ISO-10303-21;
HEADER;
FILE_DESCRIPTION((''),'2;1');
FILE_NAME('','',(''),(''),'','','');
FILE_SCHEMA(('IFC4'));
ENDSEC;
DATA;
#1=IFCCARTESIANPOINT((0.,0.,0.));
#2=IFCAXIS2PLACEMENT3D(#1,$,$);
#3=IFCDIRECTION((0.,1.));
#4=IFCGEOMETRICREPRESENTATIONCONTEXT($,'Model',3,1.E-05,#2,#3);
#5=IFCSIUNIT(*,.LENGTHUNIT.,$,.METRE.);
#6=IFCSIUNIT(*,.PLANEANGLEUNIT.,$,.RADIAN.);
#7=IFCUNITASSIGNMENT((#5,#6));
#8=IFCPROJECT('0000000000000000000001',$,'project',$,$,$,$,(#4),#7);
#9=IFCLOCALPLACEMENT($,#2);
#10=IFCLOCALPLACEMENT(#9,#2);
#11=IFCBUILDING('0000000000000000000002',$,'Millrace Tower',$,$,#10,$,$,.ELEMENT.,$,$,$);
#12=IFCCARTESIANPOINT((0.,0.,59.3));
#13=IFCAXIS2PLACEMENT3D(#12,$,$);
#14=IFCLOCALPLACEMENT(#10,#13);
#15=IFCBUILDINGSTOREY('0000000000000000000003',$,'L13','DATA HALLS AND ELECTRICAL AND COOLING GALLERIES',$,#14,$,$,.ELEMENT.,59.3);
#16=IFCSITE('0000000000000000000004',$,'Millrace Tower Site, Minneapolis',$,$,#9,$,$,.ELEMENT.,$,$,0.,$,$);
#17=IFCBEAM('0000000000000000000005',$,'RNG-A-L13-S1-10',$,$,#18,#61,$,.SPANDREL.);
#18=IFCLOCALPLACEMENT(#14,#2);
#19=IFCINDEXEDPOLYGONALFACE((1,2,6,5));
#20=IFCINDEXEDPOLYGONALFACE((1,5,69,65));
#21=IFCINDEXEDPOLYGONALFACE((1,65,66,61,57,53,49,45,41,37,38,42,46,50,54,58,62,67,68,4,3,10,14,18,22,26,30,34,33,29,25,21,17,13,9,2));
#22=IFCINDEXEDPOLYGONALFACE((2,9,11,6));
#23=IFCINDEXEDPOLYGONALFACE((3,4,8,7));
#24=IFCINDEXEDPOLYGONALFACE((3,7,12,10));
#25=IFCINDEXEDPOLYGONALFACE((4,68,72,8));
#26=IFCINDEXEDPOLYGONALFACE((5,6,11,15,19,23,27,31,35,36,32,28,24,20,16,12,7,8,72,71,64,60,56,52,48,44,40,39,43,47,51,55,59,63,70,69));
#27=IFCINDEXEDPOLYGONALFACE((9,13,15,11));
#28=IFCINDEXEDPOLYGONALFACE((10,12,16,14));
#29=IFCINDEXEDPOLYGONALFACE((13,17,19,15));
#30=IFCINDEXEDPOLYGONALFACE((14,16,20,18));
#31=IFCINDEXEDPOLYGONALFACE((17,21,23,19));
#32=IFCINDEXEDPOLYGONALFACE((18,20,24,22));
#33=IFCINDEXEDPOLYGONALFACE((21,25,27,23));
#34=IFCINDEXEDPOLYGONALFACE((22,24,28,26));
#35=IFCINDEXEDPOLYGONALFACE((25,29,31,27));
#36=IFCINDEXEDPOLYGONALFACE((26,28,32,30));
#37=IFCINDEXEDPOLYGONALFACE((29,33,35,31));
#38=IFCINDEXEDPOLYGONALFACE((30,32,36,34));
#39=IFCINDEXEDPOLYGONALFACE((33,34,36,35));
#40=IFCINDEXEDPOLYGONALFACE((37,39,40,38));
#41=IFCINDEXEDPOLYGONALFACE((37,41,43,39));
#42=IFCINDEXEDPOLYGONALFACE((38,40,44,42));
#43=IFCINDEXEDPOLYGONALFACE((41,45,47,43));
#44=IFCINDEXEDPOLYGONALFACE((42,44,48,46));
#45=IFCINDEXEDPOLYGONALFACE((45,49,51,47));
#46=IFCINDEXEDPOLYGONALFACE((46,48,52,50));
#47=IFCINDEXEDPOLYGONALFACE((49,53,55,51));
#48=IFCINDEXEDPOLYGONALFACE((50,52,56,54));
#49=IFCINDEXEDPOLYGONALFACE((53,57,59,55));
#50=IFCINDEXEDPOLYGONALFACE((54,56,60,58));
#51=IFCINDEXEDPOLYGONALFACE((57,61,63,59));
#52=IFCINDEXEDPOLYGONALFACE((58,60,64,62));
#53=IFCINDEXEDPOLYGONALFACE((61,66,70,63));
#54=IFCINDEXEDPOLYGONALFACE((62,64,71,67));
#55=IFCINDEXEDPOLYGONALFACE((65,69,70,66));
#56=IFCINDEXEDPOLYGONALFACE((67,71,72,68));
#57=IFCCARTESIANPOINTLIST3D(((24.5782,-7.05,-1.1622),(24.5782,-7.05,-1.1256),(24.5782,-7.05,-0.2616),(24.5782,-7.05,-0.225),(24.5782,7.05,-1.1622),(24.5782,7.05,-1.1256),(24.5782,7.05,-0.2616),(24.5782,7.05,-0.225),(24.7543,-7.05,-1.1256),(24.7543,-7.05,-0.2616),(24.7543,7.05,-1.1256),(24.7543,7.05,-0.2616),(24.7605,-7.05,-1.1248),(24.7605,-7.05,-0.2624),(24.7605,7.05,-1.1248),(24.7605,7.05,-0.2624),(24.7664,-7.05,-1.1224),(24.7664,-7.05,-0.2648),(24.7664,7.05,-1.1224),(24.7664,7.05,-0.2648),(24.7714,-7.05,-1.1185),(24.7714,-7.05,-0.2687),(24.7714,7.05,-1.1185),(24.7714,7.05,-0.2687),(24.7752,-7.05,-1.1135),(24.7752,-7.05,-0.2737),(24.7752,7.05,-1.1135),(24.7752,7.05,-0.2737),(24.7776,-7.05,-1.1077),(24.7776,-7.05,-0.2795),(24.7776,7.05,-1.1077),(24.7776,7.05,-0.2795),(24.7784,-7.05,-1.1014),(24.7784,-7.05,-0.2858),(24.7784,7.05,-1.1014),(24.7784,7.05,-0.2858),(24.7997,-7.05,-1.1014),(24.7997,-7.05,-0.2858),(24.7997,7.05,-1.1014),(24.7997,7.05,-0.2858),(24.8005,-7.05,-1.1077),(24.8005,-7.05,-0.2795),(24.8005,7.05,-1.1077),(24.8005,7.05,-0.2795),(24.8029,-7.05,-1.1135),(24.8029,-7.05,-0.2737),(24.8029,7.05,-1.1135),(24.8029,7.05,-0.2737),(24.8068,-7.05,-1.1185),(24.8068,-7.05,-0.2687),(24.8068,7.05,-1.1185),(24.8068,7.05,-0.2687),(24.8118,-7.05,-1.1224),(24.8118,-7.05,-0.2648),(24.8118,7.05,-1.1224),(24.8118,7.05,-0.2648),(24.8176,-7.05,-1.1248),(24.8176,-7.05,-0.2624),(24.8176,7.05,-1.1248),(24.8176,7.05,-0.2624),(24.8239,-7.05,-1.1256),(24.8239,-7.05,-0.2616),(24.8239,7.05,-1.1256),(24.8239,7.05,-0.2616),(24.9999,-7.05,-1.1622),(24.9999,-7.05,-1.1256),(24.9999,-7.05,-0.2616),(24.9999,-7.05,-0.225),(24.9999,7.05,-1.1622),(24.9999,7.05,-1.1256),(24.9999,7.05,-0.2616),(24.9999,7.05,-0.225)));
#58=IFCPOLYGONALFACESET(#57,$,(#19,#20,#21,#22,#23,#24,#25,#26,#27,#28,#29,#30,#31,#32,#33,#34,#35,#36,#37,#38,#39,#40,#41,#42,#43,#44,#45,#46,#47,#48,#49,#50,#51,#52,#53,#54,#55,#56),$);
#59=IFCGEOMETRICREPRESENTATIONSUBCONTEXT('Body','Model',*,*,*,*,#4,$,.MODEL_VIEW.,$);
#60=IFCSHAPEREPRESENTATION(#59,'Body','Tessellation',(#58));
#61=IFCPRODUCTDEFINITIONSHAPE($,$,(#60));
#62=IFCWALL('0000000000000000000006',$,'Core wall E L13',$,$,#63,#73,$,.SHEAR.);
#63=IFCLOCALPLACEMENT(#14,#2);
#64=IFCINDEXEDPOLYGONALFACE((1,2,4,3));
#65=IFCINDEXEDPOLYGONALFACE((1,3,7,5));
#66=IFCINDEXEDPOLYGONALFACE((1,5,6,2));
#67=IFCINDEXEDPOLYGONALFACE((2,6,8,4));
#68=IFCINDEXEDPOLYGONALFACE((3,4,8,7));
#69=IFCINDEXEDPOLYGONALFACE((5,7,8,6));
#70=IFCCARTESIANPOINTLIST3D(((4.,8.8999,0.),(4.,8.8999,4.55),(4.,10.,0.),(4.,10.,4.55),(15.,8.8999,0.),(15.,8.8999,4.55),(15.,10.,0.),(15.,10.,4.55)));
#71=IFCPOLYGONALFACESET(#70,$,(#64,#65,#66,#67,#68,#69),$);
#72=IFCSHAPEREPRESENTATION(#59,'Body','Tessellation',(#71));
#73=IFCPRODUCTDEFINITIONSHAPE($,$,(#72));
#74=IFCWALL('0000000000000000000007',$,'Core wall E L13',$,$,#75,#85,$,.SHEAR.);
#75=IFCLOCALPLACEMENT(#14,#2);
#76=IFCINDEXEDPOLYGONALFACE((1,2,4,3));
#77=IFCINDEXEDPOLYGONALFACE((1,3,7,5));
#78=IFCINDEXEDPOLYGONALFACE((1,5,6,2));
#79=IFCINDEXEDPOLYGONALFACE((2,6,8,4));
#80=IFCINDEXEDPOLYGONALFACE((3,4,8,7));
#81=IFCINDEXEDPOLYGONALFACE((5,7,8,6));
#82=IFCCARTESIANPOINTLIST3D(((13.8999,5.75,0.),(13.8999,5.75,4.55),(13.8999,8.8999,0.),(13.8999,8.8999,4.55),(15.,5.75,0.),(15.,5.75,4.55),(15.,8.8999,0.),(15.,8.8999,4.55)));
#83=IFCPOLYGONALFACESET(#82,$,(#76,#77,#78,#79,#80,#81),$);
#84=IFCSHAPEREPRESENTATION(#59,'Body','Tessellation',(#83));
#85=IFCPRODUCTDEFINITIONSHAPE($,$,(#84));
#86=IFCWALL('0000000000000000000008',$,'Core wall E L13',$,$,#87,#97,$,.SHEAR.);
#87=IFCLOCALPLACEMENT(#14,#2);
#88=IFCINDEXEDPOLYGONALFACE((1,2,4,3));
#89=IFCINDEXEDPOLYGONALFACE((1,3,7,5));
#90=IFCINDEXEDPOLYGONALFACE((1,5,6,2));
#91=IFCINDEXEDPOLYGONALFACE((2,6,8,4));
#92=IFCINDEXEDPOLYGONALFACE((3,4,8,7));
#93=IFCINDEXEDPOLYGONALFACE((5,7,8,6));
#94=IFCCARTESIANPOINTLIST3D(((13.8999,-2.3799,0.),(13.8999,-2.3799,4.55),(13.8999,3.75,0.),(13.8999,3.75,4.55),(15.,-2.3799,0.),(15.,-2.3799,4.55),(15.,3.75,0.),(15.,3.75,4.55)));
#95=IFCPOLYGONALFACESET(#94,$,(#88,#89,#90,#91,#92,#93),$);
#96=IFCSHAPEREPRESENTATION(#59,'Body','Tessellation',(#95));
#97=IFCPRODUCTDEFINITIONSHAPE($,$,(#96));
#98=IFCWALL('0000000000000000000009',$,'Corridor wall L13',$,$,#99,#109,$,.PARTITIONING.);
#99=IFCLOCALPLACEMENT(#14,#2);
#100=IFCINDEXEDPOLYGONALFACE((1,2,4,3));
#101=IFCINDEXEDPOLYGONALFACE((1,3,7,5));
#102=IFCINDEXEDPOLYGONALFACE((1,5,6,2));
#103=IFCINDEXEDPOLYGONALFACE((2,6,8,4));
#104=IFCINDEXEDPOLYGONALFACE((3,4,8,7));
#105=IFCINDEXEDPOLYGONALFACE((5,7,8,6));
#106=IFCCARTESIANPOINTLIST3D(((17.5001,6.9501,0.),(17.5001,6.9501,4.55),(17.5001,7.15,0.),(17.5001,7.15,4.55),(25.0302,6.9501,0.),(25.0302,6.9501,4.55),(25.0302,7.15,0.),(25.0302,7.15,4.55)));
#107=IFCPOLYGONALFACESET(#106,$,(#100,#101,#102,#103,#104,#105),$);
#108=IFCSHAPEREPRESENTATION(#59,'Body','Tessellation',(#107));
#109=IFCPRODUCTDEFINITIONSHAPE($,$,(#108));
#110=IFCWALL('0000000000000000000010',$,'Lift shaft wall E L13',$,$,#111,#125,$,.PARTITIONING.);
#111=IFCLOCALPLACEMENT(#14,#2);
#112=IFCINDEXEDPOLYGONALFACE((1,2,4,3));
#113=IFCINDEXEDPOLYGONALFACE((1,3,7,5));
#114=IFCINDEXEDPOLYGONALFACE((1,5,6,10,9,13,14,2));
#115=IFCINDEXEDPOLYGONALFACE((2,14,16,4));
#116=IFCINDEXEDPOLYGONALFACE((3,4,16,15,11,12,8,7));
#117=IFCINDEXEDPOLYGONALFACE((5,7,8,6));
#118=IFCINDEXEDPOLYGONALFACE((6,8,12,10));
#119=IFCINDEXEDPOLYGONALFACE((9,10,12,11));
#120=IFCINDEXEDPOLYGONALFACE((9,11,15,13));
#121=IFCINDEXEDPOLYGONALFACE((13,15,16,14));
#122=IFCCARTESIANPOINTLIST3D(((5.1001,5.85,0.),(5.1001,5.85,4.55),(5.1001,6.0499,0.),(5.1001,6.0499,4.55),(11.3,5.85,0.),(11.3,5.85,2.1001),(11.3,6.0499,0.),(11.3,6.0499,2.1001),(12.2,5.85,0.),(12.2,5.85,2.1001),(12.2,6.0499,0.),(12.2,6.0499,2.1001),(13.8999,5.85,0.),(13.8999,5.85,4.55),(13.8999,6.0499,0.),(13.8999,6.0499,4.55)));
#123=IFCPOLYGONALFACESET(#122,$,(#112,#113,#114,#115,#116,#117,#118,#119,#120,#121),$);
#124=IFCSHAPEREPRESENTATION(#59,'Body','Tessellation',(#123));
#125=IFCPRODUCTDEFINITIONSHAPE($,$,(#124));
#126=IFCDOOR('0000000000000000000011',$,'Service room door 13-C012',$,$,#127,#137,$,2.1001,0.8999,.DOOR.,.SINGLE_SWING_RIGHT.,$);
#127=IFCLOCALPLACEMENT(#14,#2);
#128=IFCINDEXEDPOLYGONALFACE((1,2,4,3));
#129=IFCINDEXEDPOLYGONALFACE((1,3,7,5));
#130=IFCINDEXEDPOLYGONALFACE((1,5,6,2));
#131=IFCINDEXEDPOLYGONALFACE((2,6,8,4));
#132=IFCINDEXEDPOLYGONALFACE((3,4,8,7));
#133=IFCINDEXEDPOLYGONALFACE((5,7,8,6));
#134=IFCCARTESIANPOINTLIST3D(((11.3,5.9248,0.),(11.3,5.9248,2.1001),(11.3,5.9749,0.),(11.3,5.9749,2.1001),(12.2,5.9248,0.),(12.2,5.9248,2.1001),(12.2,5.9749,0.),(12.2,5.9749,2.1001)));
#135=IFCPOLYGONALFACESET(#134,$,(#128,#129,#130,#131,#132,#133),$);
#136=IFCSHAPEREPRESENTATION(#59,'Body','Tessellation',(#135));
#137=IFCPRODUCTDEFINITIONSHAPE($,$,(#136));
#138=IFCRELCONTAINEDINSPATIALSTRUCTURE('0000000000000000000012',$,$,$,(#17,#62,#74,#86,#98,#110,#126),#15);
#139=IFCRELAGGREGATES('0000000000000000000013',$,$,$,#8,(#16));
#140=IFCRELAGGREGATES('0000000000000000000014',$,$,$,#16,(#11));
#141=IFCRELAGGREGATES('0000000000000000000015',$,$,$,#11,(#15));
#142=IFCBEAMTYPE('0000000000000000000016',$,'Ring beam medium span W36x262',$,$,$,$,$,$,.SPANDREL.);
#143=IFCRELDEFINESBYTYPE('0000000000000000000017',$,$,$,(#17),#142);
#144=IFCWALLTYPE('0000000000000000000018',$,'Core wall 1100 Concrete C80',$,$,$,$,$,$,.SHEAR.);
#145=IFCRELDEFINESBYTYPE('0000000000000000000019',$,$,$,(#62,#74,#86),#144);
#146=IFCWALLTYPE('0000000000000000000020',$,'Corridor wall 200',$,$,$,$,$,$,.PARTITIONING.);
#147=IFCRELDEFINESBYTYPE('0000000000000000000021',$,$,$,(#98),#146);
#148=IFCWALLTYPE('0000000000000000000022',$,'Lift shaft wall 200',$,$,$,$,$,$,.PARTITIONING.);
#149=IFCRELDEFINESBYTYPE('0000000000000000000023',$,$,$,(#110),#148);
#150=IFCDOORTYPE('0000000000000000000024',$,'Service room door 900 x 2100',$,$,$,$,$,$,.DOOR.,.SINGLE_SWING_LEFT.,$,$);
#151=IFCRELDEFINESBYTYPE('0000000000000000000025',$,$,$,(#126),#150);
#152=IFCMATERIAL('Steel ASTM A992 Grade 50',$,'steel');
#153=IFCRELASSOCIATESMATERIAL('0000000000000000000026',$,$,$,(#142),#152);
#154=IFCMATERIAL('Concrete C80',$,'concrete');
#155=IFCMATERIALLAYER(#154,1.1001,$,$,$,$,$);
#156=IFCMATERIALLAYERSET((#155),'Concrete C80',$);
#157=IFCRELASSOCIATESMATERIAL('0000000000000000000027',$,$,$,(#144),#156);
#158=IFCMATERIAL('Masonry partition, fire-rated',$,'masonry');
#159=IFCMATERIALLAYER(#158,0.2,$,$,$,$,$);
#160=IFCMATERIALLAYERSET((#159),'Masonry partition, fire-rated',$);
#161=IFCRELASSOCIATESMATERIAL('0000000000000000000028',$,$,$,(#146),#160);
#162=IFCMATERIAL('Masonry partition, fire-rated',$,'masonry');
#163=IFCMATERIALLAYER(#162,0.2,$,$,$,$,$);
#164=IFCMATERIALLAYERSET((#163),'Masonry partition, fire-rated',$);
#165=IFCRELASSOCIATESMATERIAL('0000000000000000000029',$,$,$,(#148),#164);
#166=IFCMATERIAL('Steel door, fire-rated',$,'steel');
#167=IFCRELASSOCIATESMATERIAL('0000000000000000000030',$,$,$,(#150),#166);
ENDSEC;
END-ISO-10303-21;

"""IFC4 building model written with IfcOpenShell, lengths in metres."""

from ifc_helpers import new_model, si_unit, direction, frame, frame_2d, origin, origin_2d, place, context, subcontext, project, spatial, rectangle, i_section, extrude, material, layer, layer_set, material_profile, profile_set, type_object, element, fill, save


model = new_model("IFC4")

# Units and contexts
model_context = context("Model", 3, precision=1e-05, world=origin(), true_north=direction((0.0, 1.0)))
body_context = subcontext(model_context, "Body", "Model", "MODEL_VIEW")
ifc_project = project(units=[si_unit("LENGTHUNIT", "METRE"), si_unit("PLANEANGLEUNIT", "RADIAN")], contexts=[model_context])

# Site, building, storey
site_placement = place(None, origin())
site = spatial("IfcSite", under=ifc_project, at=site_placement, Name="Millrace Tower Site, Minneapolis", CompositionType="ELEMENT", RefElevation=0.0)
building_placement = place(site_placement, origin())
building = spatial("IfcBuilding", under=site, at=building_placement, Name="Millrace Tower", CompositionType="ELEMENT")
storey_placement = place(building_placement, frame((0.0, 0.0, 59.3)))
storey = spatial("IfcBuildingStorey", under=building, at=storey_placement, Name="L13", Description="DATA HALLS AND ELECTRICAL AND COOLING GALLERIES", CompositionType="ELEMENT", Elevation=59.3)

# Beam
ifc_material_1 = material(Name="Steel ASTM A992 Grade 50", Category="steel")
ifc_material_profile_1 = material_profile(ifc_material_1, i_section(OverallWidth=0.4216, OverallDepth=0.9373, WebThickness=0.0212, FlangeThickness=0.0366, FilletRadius=0.0242, at=origin_2d()))
ifc_profile_set_1 = profile_set([ifc_material_profile_1], Name="Steel ASTM A992 Grade 50")
beam_type_1 = type_object("IfcBeamType", Name="Ring beam medium span W36x262", PredefinedType="SPANDREL", material=ifc_profile_set_1)
beam_1_placement = place(storey_placement, frame((24.7891, 7.05, -0.6936), z_axis=(0.0, -1.0, 0.0), x_axis=(1.0, 0.0, 0.0)))
element("IfcBeam", 1, at=beam_1_placement, inside=storey, type_object=beam_type_1, Name="RNG-A-L13-S1-10", PredefinedType="SPANDREL", context=body_context, shape_type="SweptSolid", body=[
    extrude(i_section(OverallWidth=0.4216, OverallDepth=0.9373, WebThickness=0.0212, FlangeThickness=0.0366, FilletRadius=0.0242, at=origin_2d()), origin(), (0.0, 0.0, 1.0), 14.1001),
])

# Walls
ifc_material_2 = material(Name="Concrete C80", Category="concrete")
ifc_layer_1 = layer(ifc_material_2, 1.1001)
ifc_layer_set_1 = layer_set([ifc_layer_1], Name="Concrete C80")
wall_type_1 = type_object("IfcWallType", Name="Core wall 1100 Concrete C80", PredefinedType="SHEAR", material=ifc_layer_set_1)
wall_1_placement = place(storey_placement, frame((15.0, 9.45, 0.0), z_axis=(0.0, 0.0, 1.0), x_axis=(-1.0, 0.0, 0.0)))
element("IfcWall", 2, at=wall_1_placement, inside=storey, type_object=wall_type_1, Name="Core wall E L13", PredefinedType="SHEAR", context=body_context, shape_type="SweptSolid", body=[
    extrude(rectangle(XDim=11.0, YDim=1.1001, at=frame_2d((5.5, 0.0))), origin(), (0.0, 0.0, 1.0), 4.55),
])
wall_2_placement = place(storey_placement, frame((14.45, 8.8999, 0.0), z_axis=(0.0, 0.0, 1.0), x_axis=(0.0, -1.0, 0.0)))
element("IfcWall", 3, at=wall_2_placement, inside=storey, type_object=wall_type_1, Name="Core wall E L13", PredefinedType="SHEAR", context=body_context, shape_type="SweptSolid", body=[
    extrude(rectangle(XDim=3.1499, YDim=1.1001, at=frame_2d((1.575, 0.0))), origin(), (0.0, 0.0, 1.0), 4.55),
])
wall_3_placement = place(storey_placement, frame((14.45, 3.75, 0.0), z_axis=(0.0, 0.0, 1.0), x_axis=(0.0, -1.0, 0.0)))
element("IfcWall", 4, at=wall_3_placement, inside=storey, type_object=wall_type_1, Name="Core wall E L13", PredefinedType="SHEAR", context=body_context, shape_type="SweptSolid", body=[
    extrude(rectangle(XDim=6.1299, YDim=1.1001, at=frame_2d((3.0649, 0.0))), origin(), (0.0, 0.0, 1.0), 4.55),
])
ifc_material_3 = material(Name="Masonry partition, fire-rated", Category="masonry")
ifc_layer_2 = layer(ifc_material_3, 0.2)
ifc_layer_set_2 = layer_set([ifc_layer_2], Name="Masonry partition, fire-rated")
wall_type_2 = type_object("IfcWallType", Name="Corridor wall 200", PredefinedType="PARTITIONING", material=ifc_layer_set_2)
wall_4_placement = place(storey_placement, frame((17.5, 7.05, 0.0), z_axis=(0.0, 0.0, 1.0), x_axis=(1.0, 0.0, 0.0)))
element("IfcWall", 5, at=wall_4_placement, inside=storey, type_object=wall_type_2, Name="Corridor wall L13", PredefinedType="PARTITIONING", context=body_context, shape_type="SweptSolid", body=[
    extrude(rectangle(XDim=7.53, YDim=0.2, at=frame_2d((3.7651, 0.0))), origin(), (0.0, 0.0, 1.0), 4.55),
])

# Wall, opening, door
ifc_material_4 = material(Name="Masonry partition, fire-rated", Category="masonry")
ifc_layer_3 = layer(ifc_material_4, 0.2)
ifc_layer_set_3 = layer_set([ifc_layer_3], Name="Masonry partition, fire-rated")
wall_type_3 = type_object("IfcWallType", Name="Lift shaft wall 200", PredefinedType="PARTITIONING", material=ifc_layer_set_3)
wall_5_placement = place(storey_placement, frame((13.8999, 5.95, 0.0), z_axis=(0.0, 0.0, 1.0), x_axis=(-1.0, 0.0, 0.0)))
wall_5 = element("IfcWall", 6, at=wall_5_placement, inside=storey, type_object=wall_type_3, Name="Lift shaft wall E L13", PredefinedType="PARTITIONING", context=body_context, shape_type="SweptSolid", body=[
    extrude(rectangle(XDim=8.7998, YDim=0.2, at=frame_2d((4.3999, 0.0))), origin(), (0.0, 0.0, 1.0), 4.55),
])
opening_1_placement = place(wall_5_placement, frame((1.7, 0.0, 0.0)))
opening_1 = element("IfcOpeningElement", 7, at=opening_1_placement, cuts=wall_5, PredefinedType="OPENING", context=body_context, shape_type="SweptSolid", body=[
    extrude(rectangle(XDim=0.8999, YDim=2.1001, at=frame_2d((0.45, 1.05))), frame((0.0, 0.1099, 0.0), z_axis=(0.0, -1.0, 0.0), x_axis=(1.0, 0.0, 0.0)), (0.0, 0.0, 1.0), 0.22),
])
ifc_material_5 = material(Name="Steel door, fire-rated", Category="steel")
door_type_1 = type_object("IfcDoorType", Name="Service room door 900 x 2100", OperationType="SINGLE_SWING_LEFT", PredefinedType="DOOR", material=ifc_material_5)
door_1_placement = place(opening_1_placement, frame((0.8999, 0.0, 0.0), z_axis=(0.0, 0.0, 1.0), x_axis=(-1.0, 0.0, 0.0)))
door_1 = element("IfcDoor", 8, at=door_1_placement, inside=storey, type_object=door_type_1, Name="Service room door 13-C012", OperationType="SINGLE_SWING_RIGHT", OverallHeight=2.1001, OverallWidth=0.8999, PredefinedType="DOOR", context=body_context, shape_type="SweptSolid", body=[
    extrude(rectangle(XDim=0.8999, YDim=2.1001, at=frame_2d((0.45, 1.05))), frame((0.0, 0.0249, 0.0), z_axis=(0.0, -1.0, 0.0), x_axis=(1.0, 0.0, 0.0)), (0.0, 0.0, 1.0), 0.05),
])
fill(opening_1, door_1)

save(model, "model.ifc")
